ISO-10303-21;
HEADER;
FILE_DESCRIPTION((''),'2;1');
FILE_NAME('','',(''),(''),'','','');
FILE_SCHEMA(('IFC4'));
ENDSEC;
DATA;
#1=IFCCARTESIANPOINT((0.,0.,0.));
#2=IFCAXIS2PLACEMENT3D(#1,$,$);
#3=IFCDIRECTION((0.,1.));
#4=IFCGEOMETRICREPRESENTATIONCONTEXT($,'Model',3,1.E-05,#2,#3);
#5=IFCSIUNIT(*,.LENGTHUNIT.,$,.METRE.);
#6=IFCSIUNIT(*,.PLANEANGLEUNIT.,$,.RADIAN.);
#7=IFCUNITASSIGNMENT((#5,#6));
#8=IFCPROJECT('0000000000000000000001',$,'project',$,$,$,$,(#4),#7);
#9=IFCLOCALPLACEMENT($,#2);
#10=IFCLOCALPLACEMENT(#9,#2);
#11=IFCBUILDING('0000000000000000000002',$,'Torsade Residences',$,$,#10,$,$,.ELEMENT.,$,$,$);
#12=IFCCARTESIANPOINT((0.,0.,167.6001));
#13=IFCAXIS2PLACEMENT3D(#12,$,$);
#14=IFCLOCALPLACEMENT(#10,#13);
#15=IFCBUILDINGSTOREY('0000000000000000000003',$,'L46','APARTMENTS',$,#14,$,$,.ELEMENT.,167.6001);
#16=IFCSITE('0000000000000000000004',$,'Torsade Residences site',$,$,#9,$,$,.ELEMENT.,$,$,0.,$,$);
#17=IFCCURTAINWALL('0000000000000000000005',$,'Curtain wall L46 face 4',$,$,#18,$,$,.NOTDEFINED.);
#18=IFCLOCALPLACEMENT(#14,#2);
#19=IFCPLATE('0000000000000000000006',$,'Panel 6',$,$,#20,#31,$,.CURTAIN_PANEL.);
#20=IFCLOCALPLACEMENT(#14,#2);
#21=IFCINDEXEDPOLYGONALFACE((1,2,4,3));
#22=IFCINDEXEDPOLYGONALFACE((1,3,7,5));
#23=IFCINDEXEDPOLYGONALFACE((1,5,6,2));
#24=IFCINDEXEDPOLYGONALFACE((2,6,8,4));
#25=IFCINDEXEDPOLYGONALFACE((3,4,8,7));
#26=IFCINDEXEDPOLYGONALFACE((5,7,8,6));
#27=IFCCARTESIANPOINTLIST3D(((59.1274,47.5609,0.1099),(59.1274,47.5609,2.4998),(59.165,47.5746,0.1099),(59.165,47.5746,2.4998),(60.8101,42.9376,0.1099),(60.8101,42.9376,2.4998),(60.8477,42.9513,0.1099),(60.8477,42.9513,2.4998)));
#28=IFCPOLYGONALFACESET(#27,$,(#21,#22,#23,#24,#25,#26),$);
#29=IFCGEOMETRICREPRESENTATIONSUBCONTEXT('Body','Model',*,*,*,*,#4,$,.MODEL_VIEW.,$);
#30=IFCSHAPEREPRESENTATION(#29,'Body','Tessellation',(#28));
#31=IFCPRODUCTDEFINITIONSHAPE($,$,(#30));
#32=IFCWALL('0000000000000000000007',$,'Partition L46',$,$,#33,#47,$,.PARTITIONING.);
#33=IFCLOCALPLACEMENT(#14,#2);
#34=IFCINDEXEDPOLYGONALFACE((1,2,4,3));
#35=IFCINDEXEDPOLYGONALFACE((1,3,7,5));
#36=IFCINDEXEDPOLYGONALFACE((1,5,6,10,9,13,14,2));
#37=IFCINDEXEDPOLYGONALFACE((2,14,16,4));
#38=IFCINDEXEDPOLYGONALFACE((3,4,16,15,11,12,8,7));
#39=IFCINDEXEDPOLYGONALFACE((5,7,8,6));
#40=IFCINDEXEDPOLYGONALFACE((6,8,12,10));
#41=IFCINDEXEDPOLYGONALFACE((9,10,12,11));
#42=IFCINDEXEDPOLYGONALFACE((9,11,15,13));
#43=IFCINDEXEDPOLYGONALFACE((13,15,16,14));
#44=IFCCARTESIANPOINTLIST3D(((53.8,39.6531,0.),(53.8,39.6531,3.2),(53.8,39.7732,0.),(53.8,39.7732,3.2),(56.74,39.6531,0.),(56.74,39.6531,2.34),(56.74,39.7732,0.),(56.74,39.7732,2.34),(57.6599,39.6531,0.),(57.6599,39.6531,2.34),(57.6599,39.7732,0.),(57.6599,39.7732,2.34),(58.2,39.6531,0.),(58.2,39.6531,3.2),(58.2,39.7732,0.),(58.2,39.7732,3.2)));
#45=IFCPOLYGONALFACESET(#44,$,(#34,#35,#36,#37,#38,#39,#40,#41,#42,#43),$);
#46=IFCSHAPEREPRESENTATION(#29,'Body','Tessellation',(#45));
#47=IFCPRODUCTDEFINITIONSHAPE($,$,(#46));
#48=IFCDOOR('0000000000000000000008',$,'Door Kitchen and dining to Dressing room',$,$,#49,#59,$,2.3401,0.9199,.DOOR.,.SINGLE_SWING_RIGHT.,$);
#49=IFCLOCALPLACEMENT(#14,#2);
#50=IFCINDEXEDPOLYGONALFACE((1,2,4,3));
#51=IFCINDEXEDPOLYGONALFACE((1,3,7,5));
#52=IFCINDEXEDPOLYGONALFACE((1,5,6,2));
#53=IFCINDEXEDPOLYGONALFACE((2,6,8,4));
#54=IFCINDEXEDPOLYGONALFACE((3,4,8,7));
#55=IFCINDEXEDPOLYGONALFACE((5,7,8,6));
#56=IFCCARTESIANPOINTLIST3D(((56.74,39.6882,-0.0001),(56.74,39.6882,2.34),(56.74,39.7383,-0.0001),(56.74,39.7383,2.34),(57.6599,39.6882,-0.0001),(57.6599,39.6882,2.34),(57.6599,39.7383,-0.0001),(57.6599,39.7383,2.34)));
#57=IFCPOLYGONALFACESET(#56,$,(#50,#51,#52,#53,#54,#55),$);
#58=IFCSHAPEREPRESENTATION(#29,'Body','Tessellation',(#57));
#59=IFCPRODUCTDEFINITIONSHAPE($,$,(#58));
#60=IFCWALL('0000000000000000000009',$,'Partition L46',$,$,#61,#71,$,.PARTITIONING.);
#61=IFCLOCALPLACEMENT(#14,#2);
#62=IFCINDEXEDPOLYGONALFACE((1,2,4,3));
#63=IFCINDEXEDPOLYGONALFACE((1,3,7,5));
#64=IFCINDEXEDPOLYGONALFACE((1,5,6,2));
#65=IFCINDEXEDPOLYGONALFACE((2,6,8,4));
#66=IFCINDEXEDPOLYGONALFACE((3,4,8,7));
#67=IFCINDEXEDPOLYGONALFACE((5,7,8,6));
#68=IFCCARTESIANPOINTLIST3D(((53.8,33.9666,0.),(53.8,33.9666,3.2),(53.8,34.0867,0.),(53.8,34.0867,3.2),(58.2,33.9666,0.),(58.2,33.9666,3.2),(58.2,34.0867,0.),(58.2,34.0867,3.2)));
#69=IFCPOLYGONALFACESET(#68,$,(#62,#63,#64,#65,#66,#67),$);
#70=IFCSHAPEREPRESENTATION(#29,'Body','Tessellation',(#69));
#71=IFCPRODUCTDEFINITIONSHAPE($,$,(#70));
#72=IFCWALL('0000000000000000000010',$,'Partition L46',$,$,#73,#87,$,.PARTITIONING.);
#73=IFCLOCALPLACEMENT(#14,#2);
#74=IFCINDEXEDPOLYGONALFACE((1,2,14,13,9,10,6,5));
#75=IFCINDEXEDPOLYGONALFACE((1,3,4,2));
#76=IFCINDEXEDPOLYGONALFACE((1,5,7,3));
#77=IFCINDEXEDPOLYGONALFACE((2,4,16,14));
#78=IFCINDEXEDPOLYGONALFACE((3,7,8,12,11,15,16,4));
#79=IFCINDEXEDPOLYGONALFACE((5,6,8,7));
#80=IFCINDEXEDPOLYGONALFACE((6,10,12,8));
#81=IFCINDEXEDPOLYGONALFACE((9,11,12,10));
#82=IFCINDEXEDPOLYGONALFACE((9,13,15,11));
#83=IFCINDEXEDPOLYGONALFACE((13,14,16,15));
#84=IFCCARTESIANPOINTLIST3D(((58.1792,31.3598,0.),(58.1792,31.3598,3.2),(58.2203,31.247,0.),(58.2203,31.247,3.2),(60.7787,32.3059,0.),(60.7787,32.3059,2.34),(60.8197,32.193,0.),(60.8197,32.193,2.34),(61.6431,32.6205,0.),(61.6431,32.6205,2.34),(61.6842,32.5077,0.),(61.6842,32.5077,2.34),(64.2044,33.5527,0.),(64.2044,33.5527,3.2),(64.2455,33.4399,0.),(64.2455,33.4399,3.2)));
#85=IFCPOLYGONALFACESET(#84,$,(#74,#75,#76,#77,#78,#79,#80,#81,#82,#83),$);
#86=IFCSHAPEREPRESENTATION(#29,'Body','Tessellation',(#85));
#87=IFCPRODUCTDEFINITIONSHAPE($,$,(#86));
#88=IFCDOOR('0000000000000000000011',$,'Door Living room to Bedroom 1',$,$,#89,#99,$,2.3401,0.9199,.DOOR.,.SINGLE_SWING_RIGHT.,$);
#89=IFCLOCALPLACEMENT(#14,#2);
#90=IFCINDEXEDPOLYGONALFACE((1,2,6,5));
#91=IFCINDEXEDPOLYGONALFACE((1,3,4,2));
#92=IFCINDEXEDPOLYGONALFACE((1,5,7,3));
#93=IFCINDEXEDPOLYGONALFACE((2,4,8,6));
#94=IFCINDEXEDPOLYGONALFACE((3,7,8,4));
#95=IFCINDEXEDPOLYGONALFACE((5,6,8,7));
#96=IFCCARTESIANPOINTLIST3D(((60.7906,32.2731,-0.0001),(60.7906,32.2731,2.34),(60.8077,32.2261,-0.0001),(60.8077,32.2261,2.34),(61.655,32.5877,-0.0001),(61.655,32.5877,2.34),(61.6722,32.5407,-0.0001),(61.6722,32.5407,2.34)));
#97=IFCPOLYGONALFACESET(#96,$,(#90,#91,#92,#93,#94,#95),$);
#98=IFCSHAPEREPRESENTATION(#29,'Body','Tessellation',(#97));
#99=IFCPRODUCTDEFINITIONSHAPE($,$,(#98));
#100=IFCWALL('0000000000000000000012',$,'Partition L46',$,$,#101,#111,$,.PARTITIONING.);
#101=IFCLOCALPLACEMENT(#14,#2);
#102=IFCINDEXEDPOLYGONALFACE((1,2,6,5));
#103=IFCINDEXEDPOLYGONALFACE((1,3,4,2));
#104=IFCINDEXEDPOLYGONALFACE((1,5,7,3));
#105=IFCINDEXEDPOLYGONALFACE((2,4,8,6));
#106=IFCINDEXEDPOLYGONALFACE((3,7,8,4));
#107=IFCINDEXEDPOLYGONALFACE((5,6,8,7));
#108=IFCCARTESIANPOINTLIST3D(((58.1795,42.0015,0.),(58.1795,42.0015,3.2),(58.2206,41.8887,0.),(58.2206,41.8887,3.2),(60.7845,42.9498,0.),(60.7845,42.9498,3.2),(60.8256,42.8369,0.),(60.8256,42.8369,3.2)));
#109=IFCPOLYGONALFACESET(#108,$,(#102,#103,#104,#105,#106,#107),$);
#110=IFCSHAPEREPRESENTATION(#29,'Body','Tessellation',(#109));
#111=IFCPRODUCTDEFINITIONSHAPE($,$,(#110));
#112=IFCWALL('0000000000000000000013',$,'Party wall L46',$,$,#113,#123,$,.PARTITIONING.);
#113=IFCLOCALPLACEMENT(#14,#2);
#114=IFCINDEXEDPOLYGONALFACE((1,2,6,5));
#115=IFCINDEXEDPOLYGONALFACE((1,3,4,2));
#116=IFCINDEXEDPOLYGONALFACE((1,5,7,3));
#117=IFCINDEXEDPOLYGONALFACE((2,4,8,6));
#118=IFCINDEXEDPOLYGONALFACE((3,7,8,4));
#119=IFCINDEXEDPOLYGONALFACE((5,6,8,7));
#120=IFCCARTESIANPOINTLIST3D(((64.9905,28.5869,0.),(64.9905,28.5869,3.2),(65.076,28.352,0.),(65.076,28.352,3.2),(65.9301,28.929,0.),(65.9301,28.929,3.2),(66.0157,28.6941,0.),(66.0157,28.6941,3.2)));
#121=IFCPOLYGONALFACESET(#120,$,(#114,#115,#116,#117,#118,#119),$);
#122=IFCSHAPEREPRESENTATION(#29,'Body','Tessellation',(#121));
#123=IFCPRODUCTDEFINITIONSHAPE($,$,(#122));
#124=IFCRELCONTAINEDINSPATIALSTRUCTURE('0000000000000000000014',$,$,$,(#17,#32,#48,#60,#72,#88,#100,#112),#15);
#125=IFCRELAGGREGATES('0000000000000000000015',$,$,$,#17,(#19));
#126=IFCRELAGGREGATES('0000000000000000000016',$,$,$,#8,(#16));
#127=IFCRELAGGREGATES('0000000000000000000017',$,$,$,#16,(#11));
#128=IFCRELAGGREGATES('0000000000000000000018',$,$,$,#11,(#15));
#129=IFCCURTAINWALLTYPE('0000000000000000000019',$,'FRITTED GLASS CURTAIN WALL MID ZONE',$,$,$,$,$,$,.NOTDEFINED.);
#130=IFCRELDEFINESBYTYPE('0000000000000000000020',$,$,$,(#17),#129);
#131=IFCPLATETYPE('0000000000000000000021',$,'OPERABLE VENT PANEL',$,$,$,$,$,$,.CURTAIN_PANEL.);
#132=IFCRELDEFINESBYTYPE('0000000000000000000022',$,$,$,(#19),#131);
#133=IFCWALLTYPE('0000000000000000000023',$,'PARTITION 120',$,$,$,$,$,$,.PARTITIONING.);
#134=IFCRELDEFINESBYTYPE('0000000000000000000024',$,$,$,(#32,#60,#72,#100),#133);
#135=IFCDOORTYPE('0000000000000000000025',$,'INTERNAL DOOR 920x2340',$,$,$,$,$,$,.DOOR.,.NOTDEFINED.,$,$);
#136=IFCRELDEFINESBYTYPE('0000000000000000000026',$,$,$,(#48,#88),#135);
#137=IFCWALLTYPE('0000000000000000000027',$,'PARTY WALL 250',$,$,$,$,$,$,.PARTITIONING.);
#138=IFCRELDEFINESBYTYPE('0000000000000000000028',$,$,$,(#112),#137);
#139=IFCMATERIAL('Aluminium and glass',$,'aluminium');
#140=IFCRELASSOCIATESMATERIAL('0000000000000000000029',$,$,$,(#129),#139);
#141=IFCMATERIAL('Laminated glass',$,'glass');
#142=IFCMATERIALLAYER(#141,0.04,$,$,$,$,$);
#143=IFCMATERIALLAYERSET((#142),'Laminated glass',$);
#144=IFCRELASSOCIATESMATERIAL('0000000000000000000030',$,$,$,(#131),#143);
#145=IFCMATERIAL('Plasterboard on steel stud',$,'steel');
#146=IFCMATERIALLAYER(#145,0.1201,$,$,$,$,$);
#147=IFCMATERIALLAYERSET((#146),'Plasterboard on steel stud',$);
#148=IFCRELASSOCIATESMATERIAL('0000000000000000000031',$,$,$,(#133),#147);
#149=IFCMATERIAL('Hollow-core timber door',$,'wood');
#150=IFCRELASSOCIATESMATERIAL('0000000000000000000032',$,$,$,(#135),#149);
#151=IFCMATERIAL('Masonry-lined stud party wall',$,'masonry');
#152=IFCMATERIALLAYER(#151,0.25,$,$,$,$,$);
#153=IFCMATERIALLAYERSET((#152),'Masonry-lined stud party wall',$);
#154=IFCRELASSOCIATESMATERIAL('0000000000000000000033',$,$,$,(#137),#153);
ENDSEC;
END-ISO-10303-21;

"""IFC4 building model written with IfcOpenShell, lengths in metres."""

from ifc_helpers import new_model, si_unit, direction, frame, frame_2d, origin, origin_2d, place, context, subcontext, project, spatial, rectangle, extrude, material, layer, layer_set, type_object, element, fill, aggregate, save


model = new_model("IFC4")

# Units and contexts
model_context = context("Model", 3, precision=1e-05, world=origin(), true_north=direction((0.0, 1.0)))
body_context = subcontext(model_context, "Body", "Model", "MODEL_VIEW")
ifc_project = project(units=[si_unit("LENGTHUNIT", "METRE"), si_unit("PLANEANGLEUNIT", "RADIAN")], contexts=[model_context])

# Site, building, storey
site_placement = place(None, origin())
site = spatial("IfcSite", under=ifc_project, at=site_placement, Name="Torsade Residences site", CompositionType="ELEMENT", RefElevation=0.0)
building_placement = place(site_placement, origin())
building = spatial("IfcBuilding", under=site, at=building_placement, Name="Torsade Residences", CompositionType="ELEMENT")
storey_placement = place(building_placement, frame((0.0, 0.0, 167.6001)))
storey = spatial("IfcBuildingStorey", under=building, at=storey_placement, Name="L46", Description="APARTMENTS", CompositionType="ELEMENT", Elevation=167.6001)

# Curtain wall
ifc_material_1 = material(Name="Aluminium and glass", Category="aluminium")
curtain_wall_type = type_object("IfcCurtainWallType", Name="FRITTED GLASS CURTAIN WALL MID ZONE", PredefinedType="NOTDEFINED", material=ifc_material_1)
curtain_wall_placement = place(storey_placement, origin())
curtain_wall = element("IfcCurtainWall", 1, at=curtain_wall_placement, inside=storey, type_object=curtain_wall_type, Name="Curtain wall L46 face 4", PredefinedType="NOTDEFINED")

# Plate
ifc_material_2 = material(Name="Laminated glass", Category="glass")
ifc_layer_1 = layer(ifc_material_2, 0.04)
ifc_layer_set_1 = layer_set([ifc_layer_1], Name="Laminated glass")
plate_type_1 = type_object("IfcPlateType", Name="OPERABLE VENT PANEL", PredefinedType="CURTAIN_PANEL", material=ifc_layer_set_1)
plate_1_placement = place(storey_placement, frame((59.9875, 45.2561, 0.1099), z_axis=(0.0, 0.0, 1.0), x_axis=(-0.34202, 0.939693, 0.0)))
plate_1 = element("IfcPlate", 2, at=plate_1_placement, type_object=plate_type_1, Name="Panel 6", PredefinedType="CURTAIN_PANEL", context=body_context, shape_type="SweptSolid", body=[
    extrude(rectangle(XDim=4.9199, YDim=0.04, at=origin_2d()), origin(), (0.0, 0.0, 1.0), 2.3899),
])
aggregate(curtain_wall, [plate_1])

# Wall, opening, door
ifc_material_3 = material(Name="Plasterboard on steel stud", Category="steel")
ifc_layer_2 = layer(ifc_material_3, 0.1201)
ifc_layer_set_2 = layer_set([ifc_layer_2], Name="Plasterboard on steel stud")
wall_type_1 = type_object("IfcWallType", Name="PARTITION 120", PredefinedType="PARTITIONING", material=ifc_layer_set_2)
wall_1_placement = place(storey_placement, frame((58.2, 39.7131, 0.0), z_axis=(0.0, 0.0, 1.0), x_axis=(-1.0, 0.0, 0.0)))
wall_1 = element("IfcWall", 3, at=wall_1_placement, inside=storey, type_object=wall_type_1, Name="Partition L46", PredefinedType="PARTITIONING", context=body_context, shape_type="SweptSolid", body=[
    extrude(rectangle(XDim=4.3999, YDim=0.1201, at=frame_2d((2.2, 0.0))), origin(), (0.0, 0.0, 1.0), 3.2),
])
opening_1_placement = place(wall_1_placement, frame((0.54, 0.0, 0.0)))
opening_1 = element("IfcOpeningElement", 4, at=opening_1_placement, cuts=wall_1, PredefinedType="OPENING", context=body_context, shape_type="SweptSolid", body=[
    extrude(rectangle(XDim=0.9199, YDim=2.3401, at=frame_2d((0.46, 1.1699))), frame((0.0, 0.0701, 0.0), z_axis=(0.0, -1.0, 0.0), x_axis=(1.0, 0.0, 0.0)), (0.0, 0.0, 1.0), 0.1401),
])
ifc_material_4 = material(Name="Hollow-core timber door", Category="wood")
door_type = type_object("IfcDoorType", Name="INTERNAL DOOR 920x2340", OperationType="NOTDEFINED", PredefinedType="DOOR", material=ifc_material_4)
door_1_placement = place(opening_1_placement, origin())
door_1 = element("IfcDoor", 5, at=door_1_placement, inside=storey, type_object=door_type, Name="Door Kitchen and dining to Dressing room", OperationType="SINGLE_SWING_RIGHT", OverallHeight=2.3401, OverallWidth=0.9199, PredefinedType="DOOR", context=body_context, shape_type="SweptSolid", body=[
    extrude(rectangle(XDim=0.9199, YDim=2.3401, at=frame_2d((0.46, 1.1699))), frame((0.0, 0.0249, 0.0), z_axis=(0.0, -1.0, 0.0), x_axis=(1.0, 0.0, 0.0)), (0.0, 0.0, 1.0), 0.05),
])
fill(opening_1, door_1)

# Wall
wall_2_placement = place(storey_placement, frame((58.2, 34.0266, 0.0), z_axis=(0.0, 0.0, 1.0), x_axis=(-1.0, 0.0, 0.0)))
element("IfcWall", 6, at=wall_2_placement, inside=storey, type_object=wall_type_1, Name="Partition L46", PredefinedType="PARTITIONING", context=body_context, shape_type="SweptSolid", body=[
    extrude(rectangle(XDim=4.3999, YDim=0.1201, at=frame_2d((2.2, 0.0))), origin(), (0.0, 0.0, 1.0), 3.2),
])

# Wall, opening, door
wall_3_placement = place(storey_placement, frame((64.2251, 33.4963, 0.0), z_axis=(0.0, 0.0, 1.0), x_axis=(-0.939698, -0.342006, 0.0)))
wall_3 = element("IfcWall", 7, at=wall_3_placement, inside=storey, type_object=wall_type_1, Name="Partition L46", PredefinedType="PARTITIONING", context=body_context, shape_type="SweptSolid", body=[
    extrude(rectangle(XDim=6.4119, YDim=0.1201, at=frame_2d((3.2061, 0.0))), origin(), (0.0, 0.0, 1.0), 3.2),
])
opening_2_placement = place(wall_3_placement, frame((2.7258, 0.0, 0.0)))
opening_2 = element("IfcOpeningElement", 8, at=opening_2_placement, cuts=wall_3, PredefinedType="OPENING", context=body_context, shape_type="SweptSolid", body=[
    extrude(rectangle(XDim=0.9199, YDim=2.3401, at=frame_2d((0.46, 1.1699))), frame((0.0, 0.0701, 0.0), z_axis=(0.0, -1.0, 0.0), x_axis=(1.0, 0.0, 0.0)), (0.0, 0.0, 1.0), 0.1401),
])
door_2_placement = place(opening_2_placement, origin())
door_2 = element("IfcDoor", 9, at=door_2_placement, inside=storey, type_object=door_type, Name="Door Living room to Bedroom 1", OperationType="SINGLE_SWING_RIGHT", OverallHeight=2.3401, OverallWidth=0.9199, PredefinedType="DOOR", context=body_context, shape_type="SweptSolid", body=[
    extrude(rectangle(XDim=0.9199, YDim=2.3401, at=frame_2d((0.46, 1.1699))), frame((0.0, 0.0249, 0.0), z_axis=(0.0, -1.0, 0.0), x_axis=(1.0, 0.0, 0.0)), (0.0, 0.0, 1.0), 0.05),
])
fill(opening_2, door_2)

# Walls
wall_4_placement = place(storey_placement, frame((58.2, 41.9451, 0.0), z_axis=(0.0, 0.0, 1.0), x_axis=(0.93968, 0.342054, 0.0)))
element("IfcWall", 10, at=wall_4_placement, inside=storey, type_object=wall_type_1, Name="Partition L46", PredefinedType="PARTITIONING", context=body_context, shape_type="SweptSolid", body=[
    extrude(rectangle(XDim=2.7722, YDim=0.1201, at=frame_2d((1.3862, 0.0))), origin(), (0.0, 0.0, 1.0), 3.2),
])
ifc_material_5 = material(Name="Masonry-lined stud party wall", Category="masonry")
ifc_layer_3 = layer(ifc_material_5, 0.25)
ifc_layer_set_3 = layer_set([ifc_layer_3], Name="Masonry-lined stud party wall")
wall_type_2 = type_object("IfcWallType", Name="PARTY WALL 250", PredefinedType="PARTITIONING", material=ifc_layer_set_3)
wall_5_placement = place(storey_placement, frame((65.9729, 28.8115, 0.0), z_axis=(0.0, 0.0, 1.0), x_axis=(-0.939686, -0.342037, 0.0)))
element("IfcWall", 11, at=wall_5_placement, inside=storey, type_object=wall_type_2, Name="Party wall L46", PredefinedType="PARTITIONING", context=body_context, shape_type="SweptSolid", body=[
    extrude(rectangle(XDim=1.0, YDim=0.25, at=frame_2d((0.5, 0.0))), origin(), (0.0, 0.0, 1.0), 3.2),
])

save(model, "model.ifc")
